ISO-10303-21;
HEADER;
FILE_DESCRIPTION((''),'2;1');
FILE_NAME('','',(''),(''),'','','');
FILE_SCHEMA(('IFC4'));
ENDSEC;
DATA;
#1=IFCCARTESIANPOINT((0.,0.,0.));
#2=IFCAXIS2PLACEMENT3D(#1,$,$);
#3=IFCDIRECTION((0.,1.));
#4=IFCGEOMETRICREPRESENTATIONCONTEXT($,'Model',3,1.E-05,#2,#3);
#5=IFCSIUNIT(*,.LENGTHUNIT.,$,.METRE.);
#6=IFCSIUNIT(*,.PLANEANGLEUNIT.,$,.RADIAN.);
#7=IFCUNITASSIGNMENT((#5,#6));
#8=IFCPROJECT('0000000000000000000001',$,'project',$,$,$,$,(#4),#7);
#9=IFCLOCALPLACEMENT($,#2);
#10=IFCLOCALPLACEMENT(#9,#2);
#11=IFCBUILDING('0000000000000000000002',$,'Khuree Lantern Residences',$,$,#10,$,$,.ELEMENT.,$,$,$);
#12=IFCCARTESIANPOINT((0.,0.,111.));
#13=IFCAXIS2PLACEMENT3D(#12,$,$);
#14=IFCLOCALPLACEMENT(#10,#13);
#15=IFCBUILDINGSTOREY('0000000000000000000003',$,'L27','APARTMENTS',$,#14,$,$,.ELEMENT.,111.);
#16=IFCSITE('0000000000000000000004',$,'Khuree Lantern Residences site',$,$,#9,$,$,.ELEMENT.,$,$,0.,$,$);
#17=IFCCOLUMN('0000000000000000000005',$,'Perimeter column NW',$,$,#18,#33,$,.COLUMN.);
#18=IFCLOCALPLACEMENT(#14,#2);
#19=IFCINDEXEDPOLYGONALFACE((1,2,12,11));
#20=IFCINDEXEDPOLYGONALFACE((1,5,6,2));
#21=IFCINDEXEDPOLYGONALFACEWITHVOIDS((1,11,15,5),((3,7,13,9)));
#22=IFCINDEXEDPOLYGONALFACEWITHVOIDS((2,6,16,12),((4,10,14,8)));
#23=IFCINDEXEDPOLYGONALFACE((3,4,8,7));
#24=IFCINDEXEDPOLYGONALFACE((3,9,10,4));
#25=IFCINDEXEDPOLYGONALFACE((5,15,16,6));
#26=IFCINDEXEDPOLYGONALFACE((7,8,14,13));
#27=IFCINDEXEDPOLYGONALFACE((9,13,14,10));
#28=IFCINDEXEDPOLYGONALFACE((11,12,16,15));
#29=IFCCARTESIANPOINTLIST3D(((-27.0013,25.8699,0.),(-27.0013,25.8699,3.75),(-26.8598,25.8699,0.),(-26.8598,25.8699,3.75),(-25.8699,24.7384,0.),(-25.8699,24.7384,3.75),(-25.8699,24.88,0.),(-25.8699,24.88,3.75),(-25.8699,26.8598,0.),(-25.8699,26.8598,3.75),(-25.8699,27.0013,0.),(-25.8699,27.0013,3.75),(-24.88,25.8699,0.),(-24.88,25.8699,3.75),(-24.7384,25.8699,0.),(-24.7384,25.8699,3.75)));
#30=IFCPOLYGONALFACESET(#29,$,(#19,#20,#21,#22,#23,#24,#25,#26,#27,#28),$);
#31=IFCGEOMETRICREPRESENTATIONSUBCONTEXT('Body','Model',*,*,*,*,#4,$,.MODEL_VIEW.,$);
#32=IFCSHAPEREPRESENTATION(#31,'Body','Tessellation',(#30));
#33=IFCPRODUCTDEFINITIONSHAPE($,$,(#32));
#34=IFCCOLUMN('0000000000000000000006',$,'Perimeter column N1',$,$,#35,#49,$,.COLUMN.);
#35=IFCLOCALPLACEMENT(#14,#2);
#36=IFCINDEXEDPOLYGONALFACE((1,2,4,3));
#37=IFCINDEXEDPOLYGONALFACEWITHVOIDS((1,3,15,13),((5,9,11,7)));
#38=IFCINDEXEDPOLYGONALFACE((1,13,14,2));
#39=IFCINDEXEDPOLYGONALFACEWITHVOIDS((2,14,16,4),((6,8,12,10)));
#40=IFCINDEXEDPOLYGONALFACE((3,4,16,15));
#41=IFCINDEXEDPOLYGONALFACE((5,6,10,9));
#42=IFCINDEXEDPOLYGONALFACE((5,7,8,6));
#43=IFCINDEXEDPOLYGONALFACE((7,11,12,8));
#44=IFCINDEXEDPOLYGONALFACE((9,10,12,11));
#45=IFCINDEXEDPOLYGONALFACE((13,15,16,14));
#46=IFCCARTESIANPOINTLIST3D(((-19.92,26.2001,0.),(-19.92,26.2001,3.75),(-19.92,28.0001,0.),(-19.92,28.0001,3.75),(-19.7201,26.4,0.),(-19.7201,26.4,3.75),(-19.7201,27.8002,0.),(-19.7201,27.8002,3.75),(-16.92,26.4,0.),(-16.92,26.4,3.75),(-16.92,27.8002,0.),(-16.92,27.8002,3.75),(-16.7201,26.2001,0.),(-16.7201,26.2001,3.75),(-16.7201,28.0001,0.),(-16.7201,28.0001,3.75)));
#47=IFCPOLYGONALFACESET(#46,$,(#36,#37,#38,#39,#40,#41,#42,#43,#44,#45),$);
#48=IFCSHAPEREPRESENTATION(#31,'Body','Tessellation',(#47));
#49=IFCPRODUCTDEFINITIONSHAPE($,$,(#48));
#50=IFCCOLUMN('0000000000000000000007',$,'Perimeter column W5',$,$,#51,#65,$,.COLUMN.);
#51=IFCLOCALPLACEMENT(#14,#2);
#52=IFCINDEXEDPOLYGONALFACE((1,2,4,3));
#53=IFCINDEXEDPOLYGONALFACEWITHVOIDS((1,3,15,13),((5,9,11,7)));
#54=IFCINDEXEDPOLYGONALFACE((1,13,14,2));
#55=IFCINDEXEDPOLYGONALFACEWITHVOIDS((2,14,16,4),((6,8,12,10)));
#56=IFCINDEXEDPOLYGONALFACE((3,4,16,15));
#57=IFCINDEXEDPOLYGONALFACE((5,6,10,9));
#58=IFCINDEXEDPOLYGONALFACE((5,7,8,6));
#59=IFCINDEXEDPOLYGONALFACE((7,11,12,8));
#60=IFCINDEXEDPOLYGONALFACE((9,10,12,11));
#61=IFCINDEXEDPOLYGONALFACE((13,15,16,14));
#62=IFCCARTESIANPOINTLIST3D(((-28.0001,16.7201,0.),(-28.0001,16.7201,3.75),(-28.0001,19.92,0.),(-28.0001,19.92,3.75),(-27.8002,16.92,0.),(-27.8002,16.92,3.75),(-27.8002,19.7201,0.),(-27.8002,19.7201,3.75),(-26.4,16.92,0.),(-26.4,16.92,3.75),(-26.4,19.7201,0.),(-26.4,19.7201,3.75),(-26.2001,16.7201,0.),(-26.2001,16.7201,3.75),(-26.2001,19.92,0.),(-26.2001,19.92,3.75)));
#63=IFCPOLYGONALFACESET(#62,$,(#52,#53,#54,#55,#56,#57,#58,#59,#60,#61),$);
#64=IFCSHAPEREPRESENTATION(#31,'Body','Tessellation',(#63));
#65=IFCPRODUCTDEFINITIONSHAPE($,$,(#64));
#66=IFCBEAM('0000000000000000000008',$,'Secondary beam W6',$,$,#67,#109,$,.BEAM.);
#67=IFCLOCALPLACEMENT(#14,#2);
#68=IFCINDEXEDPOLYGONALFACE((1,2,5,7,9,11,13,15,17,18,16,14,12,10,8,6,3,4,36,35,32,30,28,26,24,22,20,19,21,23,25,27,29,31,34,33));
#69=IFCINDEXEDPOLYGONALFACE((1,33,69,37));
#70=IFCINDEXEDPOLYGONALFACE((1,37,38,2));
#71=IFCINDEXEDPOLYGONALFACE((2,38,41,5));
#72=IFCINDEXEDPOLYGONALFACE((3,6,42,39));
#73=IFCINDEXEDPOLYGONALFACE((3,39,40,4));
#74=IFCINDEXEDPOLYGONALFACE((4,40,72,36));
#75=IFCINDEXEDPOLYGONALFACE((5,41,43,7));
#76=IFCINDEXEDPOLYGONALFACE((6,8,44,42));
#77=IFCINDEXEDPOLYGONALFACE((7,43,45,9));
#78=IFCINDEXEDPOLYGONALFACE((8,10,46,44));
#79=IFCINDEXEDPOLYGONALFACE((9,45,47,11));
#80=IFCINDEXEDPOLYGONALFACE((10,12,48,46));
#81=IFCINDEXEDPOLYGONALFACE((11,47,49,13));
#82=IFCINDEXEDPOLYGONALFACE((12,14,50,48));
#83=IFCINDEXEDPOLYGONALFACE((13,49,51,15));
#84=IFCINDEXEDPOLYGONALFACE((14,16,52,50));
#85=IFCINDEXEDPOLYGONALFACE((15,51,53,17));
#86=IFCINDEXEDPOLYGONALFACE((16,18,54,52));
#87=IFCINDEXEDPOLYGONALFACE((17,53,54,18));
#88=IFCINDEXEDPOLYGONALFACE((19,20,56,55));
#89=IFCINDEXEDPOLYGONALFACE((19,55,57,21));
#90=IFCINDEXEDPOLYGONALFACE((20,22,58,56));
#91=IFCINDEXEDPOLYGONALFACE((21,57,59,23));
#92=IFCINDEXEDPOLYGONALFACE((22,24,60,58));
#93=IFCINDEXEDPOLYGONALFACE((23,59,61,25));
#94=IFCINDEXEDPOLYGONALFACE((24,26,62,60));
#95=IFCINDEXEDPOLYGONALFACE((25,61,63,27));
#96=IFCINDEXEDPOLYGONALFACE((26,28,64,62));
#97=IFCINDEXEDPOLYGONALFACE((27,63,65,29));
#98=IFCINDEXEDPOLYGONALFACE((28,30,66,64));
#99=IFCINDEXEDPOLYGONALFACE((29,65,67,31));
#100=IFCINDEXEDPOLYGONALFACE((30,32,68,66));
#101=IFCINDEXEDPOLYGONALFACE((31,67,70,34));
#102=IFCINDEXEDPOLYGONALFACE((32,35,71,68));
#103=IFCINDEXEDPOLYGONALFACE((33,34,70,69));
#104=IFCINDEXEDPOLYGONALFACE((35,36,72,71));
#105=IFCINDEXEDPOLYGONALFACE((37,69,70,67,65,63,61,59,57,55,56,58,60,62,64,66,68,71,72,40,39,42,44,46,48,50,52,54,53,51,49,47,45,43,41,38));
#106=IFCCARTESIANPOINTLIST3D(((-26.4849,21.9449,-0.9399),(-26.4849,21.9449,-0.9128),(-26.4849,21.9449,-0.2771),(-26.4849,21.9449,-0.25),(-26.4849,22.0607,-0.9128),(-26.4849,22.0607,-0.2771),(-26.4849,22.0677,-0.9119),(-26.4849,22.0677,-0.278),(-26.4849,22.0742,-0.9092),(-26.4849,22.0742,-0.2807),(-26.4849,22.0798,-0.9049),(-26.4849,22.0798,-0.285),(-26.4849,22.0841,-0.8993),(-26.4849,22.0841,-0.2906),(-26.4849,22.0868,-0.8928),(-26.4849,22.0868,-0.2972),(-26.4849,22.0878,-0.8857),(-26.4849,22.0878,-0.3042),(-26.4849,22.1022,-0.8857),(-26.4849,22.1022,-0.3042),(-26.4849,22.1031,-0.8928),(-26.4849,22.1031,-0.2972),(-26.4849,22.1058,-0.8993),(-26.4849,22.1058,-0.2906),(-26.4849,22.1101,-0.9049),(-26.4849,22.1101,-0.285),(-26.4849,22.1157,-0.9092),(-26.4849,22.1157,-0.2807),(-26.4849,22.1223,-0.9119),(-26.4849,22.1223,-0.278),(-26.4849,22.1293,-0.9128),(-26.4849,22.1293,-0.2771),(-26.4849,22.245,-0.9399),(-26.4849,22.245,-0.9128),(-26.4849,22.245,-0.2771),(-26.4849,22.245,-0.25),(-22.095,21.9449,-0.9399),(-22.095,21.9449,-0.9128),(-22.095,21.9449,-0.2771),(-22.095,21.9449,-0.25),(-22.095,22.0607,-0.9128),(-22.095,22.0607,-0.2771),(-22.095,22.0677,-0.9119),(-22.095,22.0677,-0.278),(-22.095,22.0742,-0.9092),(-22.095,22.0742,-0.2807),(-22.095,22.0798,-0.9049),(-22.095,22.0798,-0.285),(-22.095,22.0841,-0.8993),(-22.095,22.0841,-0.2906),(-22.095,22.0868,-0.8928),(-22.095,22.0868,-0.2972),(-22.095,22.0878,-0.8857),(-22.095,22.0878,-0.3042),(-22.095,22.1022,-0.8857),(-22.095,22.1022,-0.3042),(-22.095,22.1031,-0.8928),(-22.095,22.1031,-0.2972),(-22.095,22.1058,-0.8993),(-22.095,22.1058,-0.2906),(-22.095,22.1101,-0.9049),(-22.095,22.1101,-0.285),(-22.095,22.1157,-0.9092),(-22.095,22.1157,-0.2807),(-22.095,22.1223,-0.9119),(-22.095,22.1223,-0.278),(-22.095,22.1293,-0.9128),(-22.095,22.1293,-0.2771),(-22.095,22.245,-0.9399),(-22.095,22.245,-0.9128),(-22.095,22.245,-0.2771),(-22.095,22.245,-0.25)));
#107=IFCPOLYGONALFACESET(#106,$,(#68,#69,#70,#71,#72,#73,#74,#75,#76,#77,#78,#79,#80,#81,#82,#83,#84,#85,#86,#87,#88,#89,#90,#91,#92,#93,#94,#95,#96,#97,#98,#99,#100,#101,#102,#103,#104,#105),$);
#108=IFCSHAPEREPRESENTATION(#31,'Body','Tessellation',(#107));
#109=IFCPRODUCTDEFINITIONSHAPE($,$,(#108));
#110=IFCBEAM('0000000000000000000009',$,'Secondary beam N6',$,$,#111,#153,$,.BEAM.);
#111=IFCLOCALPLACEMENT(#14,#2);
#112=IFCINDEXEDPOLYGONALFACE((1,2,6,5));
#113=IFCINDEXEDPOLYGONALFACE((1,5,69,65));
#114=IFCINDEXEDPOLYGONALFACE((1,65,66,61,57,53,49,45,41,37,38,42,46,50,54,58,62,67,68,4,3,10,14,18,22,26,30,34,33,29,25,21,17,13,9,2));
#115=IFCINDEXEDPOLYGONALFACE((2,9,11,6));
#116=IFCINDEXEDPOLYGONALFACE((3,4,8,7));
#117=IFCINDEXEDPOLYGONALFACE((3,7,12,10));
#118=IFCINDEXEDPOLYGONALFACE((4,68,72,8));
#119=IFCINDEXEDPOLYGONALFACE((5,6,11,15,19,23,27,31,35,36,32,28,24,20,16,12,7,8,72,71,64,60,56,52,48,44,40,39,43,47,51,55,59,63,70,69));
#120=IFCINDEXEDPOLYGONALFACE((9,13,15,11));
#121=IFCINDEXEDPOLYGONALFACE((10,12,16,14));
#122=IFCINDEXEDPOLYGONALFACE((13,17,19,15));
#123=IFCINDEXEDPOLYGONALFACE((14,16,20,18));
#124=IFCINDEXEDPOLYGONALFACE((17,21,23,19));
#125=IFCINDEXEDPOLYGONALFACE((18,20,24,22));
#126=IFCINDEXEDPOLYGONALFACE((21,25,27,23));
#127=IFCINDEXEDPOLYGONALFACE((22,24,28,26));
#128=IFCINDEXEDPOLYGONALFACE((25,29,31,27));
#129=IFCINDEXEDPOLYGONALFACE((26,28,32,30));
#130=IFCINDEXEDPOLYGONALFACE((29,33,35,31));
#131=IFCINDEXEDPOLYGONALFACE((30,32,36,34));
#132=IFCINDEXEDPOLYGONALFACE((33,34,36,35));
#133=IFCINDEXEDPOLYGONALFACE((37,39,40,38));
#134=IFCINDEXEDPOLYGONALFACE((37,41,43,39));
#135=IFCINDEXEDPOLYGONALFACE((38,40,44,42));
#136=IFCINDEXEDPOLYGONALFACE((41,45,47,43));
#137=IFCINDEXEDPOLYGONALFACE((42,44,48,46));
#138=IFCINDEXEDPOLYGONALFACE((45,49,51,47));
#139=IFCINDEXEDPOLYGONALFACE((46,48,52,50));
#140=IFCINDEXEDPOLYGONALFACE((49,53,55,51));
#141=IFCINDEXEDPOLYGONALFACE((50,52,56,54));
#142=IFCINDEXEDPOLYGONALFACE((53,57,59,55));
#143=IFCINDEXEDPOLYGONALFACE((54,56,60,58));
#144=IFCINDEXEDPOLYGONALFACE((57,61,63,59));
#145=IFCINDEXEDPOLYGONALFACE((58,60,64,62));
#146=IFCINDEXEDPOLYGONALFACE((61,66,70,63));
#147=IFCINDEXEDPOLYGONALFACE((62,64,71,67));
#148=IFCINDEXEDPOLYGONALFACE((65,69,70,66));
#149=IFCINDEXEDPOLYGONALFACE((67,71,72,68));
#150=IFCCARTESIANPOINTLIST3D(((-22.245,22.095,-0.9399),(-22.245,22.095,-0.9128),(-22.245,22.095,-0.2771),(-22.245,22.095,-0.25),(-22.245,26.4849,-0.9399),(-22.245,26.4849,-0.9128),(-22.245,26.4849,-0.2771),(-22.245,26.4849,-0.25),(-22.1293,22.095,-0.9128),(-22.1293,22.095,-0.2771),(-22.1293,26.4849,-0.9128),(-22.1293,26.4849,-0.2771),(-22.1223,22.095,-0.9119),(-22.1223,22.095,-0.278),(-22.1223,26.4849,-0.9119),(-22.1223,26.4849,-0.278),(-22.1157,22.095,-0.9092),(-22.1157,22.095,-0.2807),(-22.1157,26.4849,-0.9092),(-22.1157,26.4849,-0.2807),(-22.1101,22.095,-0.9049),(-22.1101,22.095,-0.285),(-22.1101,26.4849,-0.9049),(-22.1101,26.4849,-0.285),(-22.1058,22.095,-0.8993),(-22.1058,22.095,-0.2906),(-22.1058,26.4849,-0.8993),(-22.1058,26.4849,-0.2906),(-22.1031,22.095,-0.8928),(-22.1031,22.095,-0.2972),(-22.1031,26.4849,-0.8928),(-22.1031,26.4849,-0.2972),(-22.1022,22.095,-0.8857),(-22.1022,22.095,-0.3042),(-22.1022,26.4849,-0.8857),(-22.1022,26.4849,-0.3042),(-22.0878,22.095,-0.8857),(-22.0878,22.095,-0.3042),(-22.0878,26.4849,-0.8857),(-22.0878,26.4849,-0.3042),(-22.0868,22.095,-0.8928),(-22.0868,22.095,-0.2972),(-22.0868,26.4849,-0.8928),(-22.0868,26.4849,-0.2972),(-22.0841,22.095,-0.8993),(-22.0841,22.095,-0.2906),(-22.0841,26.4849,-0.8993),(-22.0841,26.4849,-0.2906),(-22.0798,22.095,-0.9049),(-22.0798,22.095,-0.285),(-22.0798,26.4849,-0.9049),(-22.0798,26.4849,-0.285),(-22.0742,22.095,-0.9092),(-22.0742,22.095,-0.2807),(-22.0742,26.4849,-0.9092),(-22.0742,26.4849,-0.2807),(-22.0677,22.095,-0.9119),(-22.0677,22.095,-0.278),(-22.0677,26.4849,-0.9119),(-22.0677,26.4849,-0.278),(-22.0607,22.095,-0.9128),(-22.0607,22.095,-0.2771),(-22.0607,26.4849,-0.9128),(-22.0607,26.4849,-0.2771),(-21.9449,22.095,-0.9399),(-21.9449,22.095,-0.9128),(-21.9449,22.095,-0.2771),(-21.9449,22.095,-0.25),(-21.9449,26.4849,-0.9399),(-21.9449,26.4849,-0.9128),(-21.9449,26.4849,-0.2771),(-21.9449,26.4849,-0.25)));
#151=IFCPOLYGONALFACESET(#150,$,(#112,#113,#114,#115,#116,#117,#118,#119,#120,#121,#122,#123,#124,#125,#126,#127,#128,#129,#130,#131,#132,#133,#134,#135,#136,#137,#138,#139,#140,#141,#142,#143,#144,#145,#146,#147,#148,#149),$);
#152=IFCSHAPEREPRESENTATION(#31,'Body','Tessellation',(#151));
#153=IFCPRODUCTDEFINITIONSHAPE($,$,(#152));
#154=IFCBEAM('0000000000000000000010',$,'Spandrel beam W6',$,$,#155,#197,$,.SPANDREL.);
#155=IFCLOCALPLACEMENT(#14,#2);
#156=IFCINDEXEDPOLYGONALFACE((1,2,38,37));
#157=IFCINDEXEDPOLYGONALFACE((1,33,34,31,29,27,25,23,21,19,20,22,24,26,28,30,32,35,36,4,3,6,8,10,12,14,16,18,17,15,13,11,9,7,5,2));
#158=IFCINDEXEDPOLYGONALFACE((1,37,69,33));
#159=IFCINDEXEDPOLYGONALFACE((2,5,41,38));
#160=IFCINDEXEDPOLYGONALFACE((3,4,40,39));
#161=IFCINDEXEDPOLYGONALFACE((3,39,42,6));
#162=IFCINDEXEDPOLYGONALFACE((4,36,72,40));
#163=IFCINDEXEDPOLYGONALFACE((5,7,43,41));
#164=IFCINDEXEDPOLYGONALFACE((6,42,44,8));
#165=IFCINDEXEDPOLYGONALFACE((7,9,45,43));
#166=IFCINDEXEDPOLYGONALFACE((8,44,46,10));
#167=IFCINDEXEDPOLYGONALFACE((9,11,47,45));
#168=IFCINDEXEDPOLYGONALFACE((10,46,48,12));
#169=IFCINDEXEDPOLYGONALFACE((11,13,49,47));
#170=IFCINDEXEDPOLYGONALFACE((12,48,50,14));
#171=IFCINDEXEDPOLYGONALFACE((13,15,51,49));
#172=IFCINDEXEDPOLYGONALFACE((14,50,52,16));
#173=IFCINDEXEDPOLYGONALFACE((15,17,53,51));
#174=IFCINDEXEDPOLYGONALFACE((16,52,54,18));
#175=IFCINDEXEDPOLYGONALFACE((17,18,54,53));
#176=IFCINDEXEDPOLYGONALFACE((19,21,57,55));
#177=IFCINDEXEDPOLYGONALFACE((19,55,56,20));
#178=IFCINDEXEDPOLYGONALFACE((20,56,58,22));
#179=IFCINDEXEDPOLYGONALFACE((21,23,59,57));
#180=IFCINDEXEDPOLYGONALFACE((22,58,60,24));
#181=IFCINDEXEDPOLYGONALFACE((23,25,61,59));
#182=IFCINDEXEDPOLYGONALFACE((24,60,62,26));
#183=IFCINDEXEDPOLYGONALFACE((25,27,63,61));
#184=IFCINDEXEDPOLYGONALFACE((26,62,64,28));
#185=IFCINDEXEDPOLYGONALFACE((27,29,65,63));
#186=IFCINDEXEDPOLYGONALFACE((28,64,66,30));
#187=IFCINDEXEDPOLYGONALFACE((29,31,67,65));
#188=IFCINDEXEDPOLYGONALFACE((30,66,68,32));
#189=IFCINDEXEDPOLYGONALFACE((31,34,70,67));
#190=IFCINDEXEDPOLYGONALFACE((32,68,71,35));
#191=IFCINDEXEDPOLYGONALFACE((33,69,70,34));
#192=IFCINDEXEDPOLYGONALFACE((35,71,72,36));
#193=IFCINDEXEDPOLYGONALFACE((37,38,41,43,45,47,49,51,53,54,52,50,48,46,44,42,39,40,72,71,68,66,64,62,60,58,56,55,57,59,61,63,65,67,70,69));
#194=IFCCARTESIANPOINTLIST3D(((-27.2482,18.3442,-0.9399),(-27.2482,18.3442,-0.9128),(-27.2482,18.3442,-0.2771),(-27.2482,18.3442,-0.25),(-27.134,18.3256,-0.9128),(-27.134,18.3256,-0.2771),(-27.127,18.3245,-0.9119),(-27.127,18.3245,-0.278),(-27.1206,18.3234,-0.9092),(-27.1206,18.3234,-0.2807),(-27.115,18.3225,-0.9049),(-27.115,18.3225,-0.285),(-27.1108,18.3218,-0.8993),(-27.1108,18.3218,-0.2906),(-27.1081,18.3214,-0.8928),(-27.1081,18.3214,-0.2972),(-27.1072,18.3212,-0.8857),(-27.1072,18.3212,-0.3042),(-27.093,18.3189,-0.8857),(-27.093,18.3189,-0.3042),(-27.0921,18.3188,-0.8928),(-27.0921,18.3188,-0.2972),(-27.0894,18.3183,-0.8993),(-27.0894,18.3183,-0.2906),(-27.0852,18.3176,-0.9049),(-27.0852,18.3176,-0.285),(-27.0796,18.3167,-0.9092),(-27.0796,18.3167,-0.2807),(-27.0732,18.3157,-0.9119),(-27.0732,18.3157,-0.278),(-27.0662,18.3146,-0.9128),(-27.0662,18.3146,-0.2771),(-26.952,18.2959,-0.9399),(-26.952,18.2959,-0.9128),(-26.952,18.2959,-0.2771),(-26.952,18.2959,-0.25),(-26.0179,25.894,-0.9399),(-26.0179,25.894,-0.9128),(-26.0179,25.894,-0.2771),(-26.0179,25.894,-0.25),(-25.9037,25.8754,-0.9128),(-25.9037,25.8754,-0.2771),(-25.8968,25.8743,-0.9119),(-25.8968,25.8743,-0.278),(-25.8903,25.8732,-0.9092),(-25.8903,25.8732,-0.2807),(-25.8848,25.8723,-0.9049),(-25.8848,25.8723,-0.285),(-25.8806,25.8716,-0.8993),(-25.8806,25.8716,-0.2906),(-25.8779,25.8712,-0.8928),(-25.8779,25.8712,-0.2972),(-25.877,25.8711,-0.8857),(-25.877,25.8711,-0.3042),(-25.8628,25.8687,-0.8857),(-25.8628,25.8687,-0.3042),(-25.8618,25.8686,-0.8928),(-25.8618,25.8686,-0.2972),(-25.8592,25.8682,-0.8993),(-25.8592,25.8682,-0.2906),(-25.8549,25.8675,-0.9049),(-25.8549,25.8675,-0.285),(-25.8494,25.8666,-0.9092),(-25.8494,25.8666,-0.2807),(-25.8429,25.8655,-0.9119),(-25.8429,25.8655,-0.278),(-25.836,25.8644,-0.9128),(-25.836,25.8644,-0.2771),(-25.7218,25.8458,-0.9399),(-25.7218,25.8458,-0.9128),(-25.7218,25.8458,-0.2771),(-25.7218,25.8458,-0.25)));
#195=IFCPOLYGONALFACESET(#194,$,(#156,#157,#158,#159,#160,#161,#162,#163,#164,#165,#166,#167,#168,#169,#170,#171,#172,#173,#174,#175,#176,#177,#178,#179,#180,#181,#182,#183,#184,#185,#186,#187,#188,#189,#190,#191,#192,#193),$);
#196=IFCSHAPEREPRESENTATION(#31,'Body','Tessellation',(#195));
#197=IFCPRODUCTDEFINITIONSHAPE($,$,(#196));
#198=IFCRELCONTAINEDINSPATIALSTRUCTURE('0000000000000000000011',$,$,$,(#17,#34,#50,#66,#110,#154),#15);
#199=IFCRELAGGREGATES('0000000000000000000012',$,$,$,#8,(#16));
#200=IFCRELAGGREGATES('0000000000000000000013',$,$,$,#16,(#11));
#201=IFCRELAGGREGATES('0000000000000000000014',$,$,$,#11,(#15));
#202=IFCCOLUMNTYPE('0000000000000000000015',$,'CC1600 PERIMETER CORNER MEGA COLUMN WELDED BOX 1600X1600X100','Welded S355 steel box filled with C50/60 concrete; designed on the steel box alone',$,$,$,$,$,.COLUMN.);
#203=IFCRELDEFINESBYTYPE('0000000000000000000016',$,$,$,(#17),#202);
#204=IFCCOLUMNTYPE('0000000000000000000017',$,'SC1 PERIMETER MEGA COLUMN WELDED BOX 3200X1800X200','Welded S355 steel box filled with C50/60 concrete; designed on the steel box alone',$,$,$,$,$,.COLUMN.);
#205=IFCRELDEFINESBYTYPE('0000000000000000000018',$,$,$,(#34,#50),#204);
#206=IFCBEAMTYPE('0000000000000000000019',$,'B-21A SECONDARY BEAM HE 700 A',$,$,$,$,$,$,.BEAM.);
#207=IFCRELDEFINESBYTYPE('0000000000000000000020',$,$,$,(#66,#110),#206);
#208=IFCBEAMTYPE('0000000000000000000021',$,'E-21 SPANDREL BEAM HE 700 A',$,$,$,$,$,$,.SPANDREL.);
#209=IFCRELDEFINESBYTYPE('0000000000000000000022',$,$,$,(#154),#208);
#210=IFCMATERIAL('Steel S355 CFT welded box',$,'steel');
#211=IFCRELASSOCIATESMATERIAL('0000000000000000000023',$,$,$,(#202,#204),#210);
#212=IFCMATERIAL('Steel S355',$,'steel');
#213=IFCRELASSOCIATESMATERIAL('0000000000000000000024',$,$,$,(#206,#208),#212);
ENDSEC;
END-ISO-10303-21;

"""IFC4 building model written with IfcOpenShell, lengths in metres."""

from ifc_helpers import new_model, si_unit, direction, frame, origin, origin_2d, place, context, subcontext, project, spatial, hollow_rectangle, i_section, extrude, material, material_profile, profile_set, type_object, element, save


model = new_model("IFC4")

# Units and contexts
model_context = context("Model", 3, precision=1e-05, world=origin(), true_north=direction((0.0, 1.0)))
body_context = subcontext(model_context, "Body", "Model", "MODEL_VIEW")
ifc_project = project(units=[si_unit("LENGTHUNIT", "METRE"), si_unit("PLANEANGLEUNIT", "RADIAN")], contexts=[model_context])

# Site, building, storey
site_placement = place(None, origin())
site = spatial("IfcSite", under=ifc_project, at=site_placement, Name="Khuree Lantern Residences site", CompositionType="ELEMENT", RefElevation=0.0)
building_placement = place(site_placement, origin())
building = spatial("IfcBuilding", under=site, at=building_placement, Name="Khuree Lantern Residences", CompositionType="ELEMENT")
storey_placement = place(building_placement, frame((0.0, 0.0, 111.0)))
storey = spatial("IfcBuildingStorey", under=building, at=storey_placement, Name="L27", Description="APARTMENTS", CompositionType="ELEMENT", Elevation=111.0)

# Columns
ifc_material_1 = material(Name="Steel S355 CFT welded box", Category="steel")
ifc_material_profile_1 = material_profile(ifc_material_1, hollow_rectangle(XDim=1.6001, YDim=1.6001, WallThickness=0.1001, at=origin_2d()), Name="WELDED BOX 1600X1600X100")
ifc_profile_set_1 = profile_set([ifc_material_profile_1], Name="Steel S355 CFT welded box")
column_type_1 = type_object("IfcColumnType", Name="CC1600 PERIMETER CORNER MEGA COLUMN WELDED BOX 1600X1600X100", Description="Welded S355 steel box filled with C50/60 concrete; designed on the steel box alone", PredefinedType="COLUMN", material=ifc_profile_set_1)
column_placement = place(storey_placement, frame((-25.8699, 25.8699, 0.0), z_axis=(0.0, 0.0, 1.0), x_axis=(0.707107, 0.707107, 0.0)))
element("IfcColumn", 1, at=column_placement, inside=storey, type_object=column_type_1, Name="Perimeter column NW", PredefinedType="COLUMN", context=body_context, shape_type="SweptSolid", body=[
    extrude(hollow_rectangle(XDim=1.6001, YDim=1.6001, WallThickness=0.1001, at=origin_2d()), origin(), (0.0, 0.0, 1.0), 3.75),
])
ifc_material_profile_2 = material_profile(ifc_material_1, hollow_rectangle(XDim=3.2, YDim=1.8, WallThickness=0.2, at=origin_2d()), Name="WELDED BOX 3200X1800X200")
ifc_profile_set_2 = profile_set([ifc_material_profile_2], Name="Steel S355 CFT welded box")
column_type_2 = type_object("IfcColumnType", Name="SC1 PERIMETER MEGA COLUMN WELDED BOX 3200X1800X200", Description="Welded S355 steel box filled with C50/60 concrete; designed on the steel box alone", PredefinedType="COLUMN", material=ifc_profile_set_2)
for number, where, z_axis, x_axis, name in (
    (2, (-18.3201, 27.1001, 0.0), (0.0, 0.0, 1.0), (1.0, 0.0, 0.0), "Perimeter column N1"),
    (3, (-27.1001, 18.3201, 0.0), (0.0, 0.0, 1.0), (0.0, 1.0, 0.0), "Perimeter column W5"),
):
    element("IfcColumn", number, at=place(storey_placement, frame(where, z_axis=z_axis, x_axis=x_axis)), inside=storey, type_object=column_type_2, Name=name, PredefinedType="COLUMN", context=body_context, shape_type="SweptSolid", body=[
        extrude(hollow_rectangle(XDim=3.2, YDim=1.8, WallThickness=0.2, at=origin_2d()), origin(), (0.0, 0.0, 1.0), 3.75),
    ])

# Beams
ifc_material_2 = material(Name="Steel S355", Category="steel")
ifc_material_profile_3 = material_profile(ifc_material_2, i_section(OverallWidth=0.3, OverallDepth=0.6899, WebThickness=0.0144, FlangeThickness=0.0271, FilletRadius=0.0271, at=origin_2d()), Name="HE 700 A")
ifc_profile_set_3 = profile_set([ifc_material_profile_3], Name="Steel S355")
beam_type_1 = type_object("IfcBeamType", Name="B-21A SECONDARY BEAM HE 700 A", PredefinedType="BEAM", material=ifc_profile_set_3)
for number, where, z_axis, x_axis, name in (
    (4, (-26.4849, 22.095, -0.595), (1.0, 0.0, 0.0), (0.0, 1.0, 0.0), "Secondary beam W6"),
    (5, (-22.095, 26.4849, -0.595), (0.0, -1.0, 0.0), (1.0, 0.0, 0.0), "Secondary beam N6"),
):
    element("IfcBeam", number, at=place(storey_placement, frame(where, z_axis=z_axis, x_axis=x_axis)), inside=storey, type_object=beam_type_1, Name=name, PredefinedType="BEAM", context=body_context, shape_type="SweptSolid", body=[
        extrude(i_section(OverallWidth=0.3, OverallDepth=0.6899, WebThickness=0.0144, FlangeThickness=0.0271, FilletRadius=0.0271, at=origin_2d()), origin(), (0.0, 0.0, 1.0), 4.3899),
    ])
ifc_material_profile_4 = material_profile(ifc_material_2, i_section(OverallWidth=0.3, OverallDepth=0.6899, WebThickness=0.0144, FlangeThickness=0.0271, FilletRadius=0.0271, at=origin_2d()), Name="HE 700 A")
ifc_profile_set_4 = profile_set([ifc_material_profile_4], Name="Steel S355")
beam_type_2 = type_object("IfcBeamType", Name="E-21 SPANDREL BEAM HE 700 A", PredefinedType="SPANDREL", material=ifc_profile_set_4)
for number, where, z_axis, x_axis, name in (
    (6, (-27.1001, 18.3201, -0.595), (0.160827, 0.986983, 0.0), (-0.986983, 0.160827, 0.0), "Spandrel beam W6"),
):
    element("IfcBeam", number, at=place(storey_placement, frame(where, z_axis=z_axis, x_axis=x_axis)), inside=storey, type_object=beam_type_2, Name=name, PredefinedType="SPANDREL", context=body_context, shape_type="SweptSolid", body=[
        extrude(i_section(OverallWidth=0.3, OverallDepth=0.6899, WebThickness=0.0144, FlangeThickness=0.0271, FilletRadius=0.0271, at=origin_2d()), origin(), (0.0, 0.0, 1.0), 7.6494),
    ])

save(model, "model.ifc")
